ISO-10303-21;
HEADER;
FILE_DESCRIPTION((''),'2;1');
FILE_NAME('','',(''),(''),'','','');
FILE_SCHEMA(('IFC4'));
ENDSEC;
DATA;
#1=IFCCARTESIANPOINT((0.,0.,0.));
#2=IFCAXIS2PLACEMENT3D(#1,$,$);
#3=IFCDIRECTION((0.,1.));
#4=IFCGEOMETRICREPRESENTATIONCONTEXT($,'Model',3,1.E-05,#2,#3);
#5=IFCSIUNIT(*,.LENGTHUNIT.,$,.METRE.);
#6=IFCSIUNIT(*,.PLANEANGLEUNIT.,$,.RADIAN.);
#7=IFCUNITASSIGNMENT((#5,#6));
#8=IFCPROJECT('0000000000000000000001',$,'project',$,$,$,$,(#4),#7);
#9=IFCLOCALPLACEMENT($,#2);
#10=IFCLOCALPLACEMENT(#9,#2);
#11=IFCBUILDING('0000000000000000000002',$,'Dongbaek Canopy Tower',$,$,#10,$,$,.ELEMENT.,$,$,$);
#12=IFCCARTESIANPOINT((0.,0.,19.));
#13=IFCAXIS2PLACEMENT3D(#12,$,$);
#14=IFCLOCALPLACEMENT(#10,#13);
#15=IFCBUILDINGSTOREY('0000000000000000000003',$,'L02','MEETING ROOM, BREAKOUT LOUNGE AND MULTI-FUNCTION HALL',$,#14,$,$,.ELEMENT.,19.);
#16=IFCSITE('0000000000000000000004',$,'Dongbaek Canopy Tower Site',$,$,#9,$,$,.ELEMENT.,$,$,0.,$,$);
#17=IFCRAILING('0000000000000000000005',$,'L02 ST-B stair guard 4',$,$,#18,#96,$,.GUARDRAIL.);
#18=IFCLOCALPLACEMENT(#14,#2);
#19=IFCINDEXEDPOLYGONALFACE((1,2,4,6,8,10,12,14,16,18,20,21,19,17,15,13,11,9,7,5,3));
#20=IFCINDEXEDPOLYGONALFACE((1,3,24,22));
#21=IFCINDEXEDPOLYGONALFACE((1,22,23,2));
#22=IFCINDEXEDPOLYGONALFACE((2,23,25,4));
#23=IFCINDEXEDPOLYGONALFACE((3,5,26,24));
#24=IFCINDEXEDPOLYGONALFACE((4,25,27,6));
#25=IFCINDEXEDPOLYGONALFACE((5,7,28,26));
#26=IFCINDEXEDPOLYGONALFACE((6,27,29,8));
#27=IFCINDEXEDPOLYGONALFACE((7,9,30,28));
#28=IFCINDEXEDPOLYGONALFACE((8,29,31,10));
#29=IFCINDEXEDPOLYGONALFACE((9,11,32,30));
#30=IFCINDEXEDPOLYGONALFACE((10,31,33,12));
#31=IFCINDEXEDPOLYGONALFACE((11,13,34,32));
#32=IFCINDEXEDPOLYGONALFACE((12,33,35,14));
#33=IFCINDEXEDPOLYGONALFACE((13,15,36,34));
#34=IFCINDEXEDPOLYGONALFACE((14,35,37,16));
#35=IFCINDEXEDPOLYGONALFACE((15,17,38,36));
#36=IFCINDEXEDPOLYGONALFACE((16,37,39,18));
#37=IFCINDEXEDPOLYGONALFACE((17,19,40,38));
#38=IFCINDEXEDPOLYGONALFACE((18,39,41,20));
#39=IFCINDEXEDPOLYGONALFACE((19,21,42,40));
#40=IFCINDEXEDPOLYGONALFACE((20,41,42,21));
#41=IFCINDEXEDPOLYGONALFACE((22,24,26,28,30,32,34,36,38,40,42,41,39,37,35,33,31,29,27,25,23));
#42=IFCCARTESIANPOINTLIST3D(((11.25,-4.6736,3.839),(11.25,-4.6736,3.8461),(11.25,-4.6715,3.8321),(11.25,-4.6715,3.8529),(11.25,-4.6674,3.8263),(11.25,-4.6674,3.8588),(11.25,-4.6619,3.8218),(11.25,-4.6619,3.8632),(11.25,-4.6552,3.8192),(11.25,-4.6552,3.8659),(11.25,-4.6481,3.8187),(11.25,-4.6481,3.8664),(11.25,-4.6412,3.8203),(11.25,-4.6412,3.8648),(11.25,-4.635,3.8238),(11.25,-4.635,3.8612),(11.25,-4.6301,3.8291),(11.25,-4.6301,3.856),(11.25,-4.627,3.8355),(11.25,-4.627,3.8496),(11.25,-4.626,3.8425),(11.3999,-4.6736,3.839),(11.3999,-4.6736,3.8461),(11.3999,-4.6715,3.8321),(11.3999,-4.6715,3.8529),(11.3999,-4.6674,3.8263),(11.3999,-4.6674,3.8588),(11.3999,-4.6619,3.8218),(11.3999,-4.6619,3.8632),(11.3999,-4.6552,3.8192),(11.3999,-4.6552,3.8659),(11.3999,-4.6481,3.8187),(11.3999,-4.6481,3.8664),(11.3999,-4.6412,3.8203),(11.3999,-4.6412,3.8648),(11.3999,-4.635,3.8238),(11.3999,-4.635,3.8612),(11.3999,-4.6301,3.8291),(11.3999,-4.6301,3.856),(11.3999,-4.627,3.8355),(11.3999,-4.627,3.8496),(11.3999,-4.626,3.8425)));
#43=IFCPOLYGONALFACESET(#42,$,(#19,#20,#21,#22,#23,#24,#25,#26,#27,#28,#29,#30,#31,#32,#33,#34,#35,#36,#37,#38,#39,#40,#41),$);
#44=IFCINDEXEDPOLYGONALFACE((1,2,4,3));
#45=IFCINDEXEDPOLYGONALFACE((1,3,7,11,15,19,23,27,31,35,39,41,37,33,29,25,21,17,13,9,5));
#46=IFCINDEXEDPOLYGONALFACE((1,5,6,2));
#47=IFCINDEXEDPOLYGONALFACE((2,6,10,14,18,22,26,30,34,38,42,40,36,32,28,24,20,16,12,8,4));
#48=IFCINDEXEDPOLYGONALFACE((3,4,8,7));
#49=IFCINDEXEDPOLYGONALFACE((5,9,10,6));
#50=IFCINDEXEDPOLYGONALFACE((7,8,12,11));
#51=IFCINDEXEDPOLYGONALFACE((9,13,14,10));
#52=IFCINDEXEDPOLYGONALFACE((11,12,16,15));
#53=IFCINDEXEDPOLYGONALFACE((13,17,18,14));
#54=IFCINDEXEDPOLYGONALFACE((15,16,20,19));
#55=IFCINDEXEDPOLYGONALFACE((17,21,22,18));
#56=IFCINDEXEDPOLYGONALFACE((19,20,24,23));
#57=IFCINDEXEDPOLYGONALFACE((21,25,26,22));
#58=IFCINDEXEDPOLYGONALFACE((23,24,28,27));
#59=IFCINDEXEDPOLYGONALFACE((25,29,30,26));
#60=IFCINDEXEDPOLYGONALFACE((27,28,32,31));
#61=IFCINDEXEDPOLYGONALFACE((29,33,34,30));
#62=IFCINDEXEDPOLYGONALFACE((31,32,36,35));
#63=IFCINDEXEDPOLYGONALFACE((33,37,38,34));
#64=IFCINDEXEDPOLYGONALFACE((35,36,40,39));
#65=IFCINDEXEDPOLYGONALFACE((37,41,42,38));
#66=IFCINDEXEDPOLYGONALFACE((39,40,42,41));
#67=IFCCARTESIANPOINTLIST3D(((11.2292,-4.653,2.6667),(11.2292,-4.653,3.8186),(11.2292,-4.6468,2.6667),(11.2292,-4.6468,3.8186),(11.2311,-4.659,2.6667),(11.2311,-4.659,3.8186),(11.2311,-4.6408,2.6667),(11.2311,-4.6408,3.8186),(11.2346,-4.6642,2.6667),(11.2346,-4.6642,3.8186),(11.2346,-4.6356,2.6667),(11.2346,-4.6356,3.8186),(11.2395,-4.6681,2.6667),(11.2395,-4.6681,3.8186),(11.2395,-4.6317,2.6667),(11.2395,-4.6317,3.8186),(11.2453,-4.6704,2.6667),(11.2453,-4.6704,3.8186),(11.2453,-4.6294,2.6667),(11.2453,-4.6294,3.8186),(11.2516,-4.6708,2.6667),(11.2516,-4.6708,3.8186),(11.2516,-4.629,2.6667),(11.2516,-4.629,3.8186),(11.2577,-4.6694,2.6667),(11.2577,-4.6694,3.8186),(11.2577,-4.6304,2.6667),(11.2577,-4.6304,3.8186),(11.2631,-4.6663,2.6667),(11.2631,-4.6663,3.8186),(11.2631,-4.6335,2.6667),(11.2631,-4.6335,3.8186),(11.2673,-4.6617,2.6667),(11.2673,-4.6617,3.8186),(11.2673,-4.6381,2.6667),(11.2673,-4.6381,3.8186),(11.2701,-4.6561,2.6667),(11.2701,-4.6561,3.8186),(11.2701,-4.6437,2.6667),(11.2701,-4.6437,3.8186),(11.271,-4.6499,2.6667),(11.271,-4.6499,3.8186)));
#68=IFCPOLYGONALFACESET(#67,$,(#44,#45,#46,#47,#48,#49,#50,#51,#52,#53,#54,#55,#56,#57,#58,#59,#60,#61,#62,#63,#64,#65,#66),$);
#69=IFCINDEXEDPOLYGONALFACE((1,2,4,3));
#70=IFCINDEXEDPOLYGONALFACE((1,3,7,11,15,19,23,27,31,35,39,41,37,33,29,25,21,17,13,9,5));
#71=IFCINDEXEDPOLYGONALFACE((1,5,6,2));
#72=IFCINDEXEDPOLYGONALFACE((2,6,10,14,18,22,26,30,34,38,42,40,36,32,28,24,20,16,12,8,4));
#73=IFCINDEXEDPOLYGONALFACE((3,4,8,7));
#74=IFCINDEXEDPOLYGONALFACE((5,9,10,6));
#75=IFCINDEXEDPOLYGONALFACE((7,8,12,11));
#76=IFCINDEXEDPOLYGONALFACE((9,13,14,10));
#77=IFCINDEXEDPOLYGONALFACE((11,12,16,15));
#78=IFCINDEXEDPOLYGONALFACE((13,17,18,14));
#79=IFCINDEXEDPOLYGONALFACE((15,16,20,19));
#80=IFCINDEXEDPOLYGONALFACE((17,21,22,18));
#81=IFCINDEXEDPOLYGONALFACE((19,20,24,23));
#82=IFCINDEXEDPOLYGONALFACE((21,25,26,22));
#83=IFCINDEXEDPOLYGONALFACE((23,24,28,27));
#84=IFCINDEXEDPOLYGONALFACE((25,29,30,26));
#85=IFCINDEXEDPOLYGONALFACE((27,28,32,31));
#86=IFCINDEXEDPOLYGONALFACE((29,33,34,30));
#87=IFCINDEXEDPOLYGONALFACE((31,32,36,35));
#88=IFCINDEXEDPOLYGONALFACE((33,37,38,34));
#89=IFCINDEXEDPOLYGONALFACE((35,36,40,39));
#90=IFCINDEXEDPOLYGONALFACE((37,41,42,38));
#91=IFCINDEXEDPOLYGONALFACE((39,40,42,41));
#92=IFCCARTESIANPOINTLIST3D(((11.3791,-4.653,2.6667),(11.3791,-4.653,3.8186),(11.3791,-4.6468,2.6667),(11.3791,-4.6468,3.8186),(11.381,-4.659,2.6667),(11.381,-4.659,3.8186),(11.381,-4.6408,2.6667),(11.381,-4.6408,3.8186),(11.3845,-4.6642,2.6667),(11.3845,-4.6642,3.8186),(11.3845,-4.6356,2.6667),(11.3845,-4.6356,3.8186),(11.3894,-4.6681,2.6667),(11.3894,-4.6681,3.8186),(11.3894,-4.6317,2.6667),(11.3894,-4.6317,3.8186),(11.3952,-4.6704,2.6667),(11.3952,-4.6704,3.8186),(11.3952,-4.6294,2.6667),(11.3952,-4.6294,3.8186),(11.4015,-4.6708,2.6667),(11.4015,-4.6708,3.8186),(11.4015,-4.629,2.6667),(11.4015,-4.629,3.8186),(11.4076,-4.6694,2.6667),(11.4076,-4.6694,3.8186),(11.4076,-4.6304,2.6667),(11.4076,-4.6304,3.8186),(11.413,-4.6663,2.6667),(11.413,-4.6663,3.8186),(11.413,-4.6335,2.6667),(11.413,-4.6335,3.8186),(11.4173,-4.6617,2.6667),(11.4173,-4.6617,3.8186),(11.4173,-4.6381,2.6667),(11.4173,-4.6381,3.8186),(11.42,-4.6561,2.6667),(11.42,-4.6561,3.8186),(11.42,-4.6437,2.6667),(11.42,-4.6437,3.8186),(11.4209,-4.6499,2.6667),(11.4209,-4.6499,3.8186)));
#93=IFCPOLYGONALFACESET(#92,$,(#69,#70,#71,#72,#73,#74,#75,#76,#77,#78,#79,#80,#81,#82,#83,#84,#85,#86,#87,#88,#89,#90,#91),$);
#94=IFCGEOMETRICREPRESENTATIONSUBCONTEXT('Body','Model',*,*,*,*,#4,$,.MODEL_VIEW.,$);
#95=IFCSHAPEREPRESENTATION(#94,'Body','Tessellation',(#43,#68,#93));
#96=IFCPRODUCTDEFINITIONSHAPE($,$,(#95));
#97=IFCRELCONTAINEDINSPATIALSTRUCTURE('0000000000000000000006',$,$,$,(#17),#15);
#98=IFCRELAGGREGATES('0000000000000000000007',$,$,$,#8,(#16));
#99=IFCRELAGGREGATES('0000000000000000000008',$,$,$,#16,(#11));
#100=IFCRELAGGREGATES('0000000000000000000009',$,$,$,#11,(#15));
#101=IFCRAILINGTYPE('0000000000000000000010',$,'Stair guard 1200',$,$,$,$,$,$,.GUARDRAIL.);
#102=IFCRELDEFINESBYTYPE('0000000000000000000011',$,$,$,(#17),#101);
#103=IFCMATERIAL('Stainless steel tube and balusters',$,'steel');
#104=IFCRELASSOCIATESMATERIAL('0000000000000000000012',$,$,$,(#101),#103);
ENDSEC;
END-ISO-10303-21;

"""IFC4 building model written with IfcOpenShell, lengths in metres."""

from ifc_helpers import new_model, si_unit, direction, frame, origin, origin_2d, place, context, subcontext, project, spatial, circle, extrude, material, type_object, element, save


model = new_model("IFC4")

# Units and contexts
model_context = context("Model", 3, precision=1e-05, world=origin(), true_north=direction((0.0, 1.0)))
body_context = subcontext(model_context, "Body", "Model", "MODEL_VIEW")
ifc_project = project(units=[si_unit("LENGTHUNIT", "METRE"), si_unit("PLANEANGLEUNIT", "RADIAN")], contexts=[model_context])

# Site, building, storey
site_placement = place(None, origin())
site = spatial("IfcSite", under=ifc_project, at=site_placement, Name="Dongbaek Canopy Tower Site", CompositionType="ELEMENT", RefElevation=0.0)
building_placement = place(site_placement, origin())
building = spatial("IfcBuilding", under=site, at=building_placement, Name="Dongbaek Canopy Tower", CompositionType="ELEMENT")
storey_placement = place(building_placement, frame((0.0, 0.0, 19.0)))
storey = spatial("IfcBuildingStorey", under=building, at=storey_placement, Name="L02", Description="MEETING ROOM, BREAKOUT LOUNGE AND MULTI-FUNCTION HALL", CompositionType="ELEMENT", Elevation=19.0)

# Railing
ifc_material_1 = material(Name="Stainless steel tube and balusters", Category="steel")
railing_type_1 = type_object("IfcRailingType", Name="Stair guard 1200", PredefinedType="GUARDRAIL", material=ifc_material_1)
railing_1_placement = place(storey_placement, frame((11.25, -4.6499, 2.6667)))
element("IfcRailing", 1, at=railing_1_placement, inside=storey, type_object=railing_type_1, Name="L02 ST-B stair guard 4", PredefinedType="GUARDRAIL", context=body_context, shape_type="SweptSolid", body=[
    extrude(circle(Radius=0.0239, at=origin_2d()), frame((0.0, 0.0, 1.1758), z_axis=(1.0, 0.0, 0.0), x_axis=(0.0, 1.0, 0.0)), (0.0, 0.0, 1.0), 0.1499),
    extrude(circle(Radius=0.021, at=origin_2d()), origin(), (0.0, 0.0, 1.0), 1.1519),
    extrude(circle(Radius=0.021, at=origin_2d()), frame((0.1499, 0.0, 0.0)), (0.0, 0.0, 1.0), 1.1519),
])

save(model, "model.ifc")
